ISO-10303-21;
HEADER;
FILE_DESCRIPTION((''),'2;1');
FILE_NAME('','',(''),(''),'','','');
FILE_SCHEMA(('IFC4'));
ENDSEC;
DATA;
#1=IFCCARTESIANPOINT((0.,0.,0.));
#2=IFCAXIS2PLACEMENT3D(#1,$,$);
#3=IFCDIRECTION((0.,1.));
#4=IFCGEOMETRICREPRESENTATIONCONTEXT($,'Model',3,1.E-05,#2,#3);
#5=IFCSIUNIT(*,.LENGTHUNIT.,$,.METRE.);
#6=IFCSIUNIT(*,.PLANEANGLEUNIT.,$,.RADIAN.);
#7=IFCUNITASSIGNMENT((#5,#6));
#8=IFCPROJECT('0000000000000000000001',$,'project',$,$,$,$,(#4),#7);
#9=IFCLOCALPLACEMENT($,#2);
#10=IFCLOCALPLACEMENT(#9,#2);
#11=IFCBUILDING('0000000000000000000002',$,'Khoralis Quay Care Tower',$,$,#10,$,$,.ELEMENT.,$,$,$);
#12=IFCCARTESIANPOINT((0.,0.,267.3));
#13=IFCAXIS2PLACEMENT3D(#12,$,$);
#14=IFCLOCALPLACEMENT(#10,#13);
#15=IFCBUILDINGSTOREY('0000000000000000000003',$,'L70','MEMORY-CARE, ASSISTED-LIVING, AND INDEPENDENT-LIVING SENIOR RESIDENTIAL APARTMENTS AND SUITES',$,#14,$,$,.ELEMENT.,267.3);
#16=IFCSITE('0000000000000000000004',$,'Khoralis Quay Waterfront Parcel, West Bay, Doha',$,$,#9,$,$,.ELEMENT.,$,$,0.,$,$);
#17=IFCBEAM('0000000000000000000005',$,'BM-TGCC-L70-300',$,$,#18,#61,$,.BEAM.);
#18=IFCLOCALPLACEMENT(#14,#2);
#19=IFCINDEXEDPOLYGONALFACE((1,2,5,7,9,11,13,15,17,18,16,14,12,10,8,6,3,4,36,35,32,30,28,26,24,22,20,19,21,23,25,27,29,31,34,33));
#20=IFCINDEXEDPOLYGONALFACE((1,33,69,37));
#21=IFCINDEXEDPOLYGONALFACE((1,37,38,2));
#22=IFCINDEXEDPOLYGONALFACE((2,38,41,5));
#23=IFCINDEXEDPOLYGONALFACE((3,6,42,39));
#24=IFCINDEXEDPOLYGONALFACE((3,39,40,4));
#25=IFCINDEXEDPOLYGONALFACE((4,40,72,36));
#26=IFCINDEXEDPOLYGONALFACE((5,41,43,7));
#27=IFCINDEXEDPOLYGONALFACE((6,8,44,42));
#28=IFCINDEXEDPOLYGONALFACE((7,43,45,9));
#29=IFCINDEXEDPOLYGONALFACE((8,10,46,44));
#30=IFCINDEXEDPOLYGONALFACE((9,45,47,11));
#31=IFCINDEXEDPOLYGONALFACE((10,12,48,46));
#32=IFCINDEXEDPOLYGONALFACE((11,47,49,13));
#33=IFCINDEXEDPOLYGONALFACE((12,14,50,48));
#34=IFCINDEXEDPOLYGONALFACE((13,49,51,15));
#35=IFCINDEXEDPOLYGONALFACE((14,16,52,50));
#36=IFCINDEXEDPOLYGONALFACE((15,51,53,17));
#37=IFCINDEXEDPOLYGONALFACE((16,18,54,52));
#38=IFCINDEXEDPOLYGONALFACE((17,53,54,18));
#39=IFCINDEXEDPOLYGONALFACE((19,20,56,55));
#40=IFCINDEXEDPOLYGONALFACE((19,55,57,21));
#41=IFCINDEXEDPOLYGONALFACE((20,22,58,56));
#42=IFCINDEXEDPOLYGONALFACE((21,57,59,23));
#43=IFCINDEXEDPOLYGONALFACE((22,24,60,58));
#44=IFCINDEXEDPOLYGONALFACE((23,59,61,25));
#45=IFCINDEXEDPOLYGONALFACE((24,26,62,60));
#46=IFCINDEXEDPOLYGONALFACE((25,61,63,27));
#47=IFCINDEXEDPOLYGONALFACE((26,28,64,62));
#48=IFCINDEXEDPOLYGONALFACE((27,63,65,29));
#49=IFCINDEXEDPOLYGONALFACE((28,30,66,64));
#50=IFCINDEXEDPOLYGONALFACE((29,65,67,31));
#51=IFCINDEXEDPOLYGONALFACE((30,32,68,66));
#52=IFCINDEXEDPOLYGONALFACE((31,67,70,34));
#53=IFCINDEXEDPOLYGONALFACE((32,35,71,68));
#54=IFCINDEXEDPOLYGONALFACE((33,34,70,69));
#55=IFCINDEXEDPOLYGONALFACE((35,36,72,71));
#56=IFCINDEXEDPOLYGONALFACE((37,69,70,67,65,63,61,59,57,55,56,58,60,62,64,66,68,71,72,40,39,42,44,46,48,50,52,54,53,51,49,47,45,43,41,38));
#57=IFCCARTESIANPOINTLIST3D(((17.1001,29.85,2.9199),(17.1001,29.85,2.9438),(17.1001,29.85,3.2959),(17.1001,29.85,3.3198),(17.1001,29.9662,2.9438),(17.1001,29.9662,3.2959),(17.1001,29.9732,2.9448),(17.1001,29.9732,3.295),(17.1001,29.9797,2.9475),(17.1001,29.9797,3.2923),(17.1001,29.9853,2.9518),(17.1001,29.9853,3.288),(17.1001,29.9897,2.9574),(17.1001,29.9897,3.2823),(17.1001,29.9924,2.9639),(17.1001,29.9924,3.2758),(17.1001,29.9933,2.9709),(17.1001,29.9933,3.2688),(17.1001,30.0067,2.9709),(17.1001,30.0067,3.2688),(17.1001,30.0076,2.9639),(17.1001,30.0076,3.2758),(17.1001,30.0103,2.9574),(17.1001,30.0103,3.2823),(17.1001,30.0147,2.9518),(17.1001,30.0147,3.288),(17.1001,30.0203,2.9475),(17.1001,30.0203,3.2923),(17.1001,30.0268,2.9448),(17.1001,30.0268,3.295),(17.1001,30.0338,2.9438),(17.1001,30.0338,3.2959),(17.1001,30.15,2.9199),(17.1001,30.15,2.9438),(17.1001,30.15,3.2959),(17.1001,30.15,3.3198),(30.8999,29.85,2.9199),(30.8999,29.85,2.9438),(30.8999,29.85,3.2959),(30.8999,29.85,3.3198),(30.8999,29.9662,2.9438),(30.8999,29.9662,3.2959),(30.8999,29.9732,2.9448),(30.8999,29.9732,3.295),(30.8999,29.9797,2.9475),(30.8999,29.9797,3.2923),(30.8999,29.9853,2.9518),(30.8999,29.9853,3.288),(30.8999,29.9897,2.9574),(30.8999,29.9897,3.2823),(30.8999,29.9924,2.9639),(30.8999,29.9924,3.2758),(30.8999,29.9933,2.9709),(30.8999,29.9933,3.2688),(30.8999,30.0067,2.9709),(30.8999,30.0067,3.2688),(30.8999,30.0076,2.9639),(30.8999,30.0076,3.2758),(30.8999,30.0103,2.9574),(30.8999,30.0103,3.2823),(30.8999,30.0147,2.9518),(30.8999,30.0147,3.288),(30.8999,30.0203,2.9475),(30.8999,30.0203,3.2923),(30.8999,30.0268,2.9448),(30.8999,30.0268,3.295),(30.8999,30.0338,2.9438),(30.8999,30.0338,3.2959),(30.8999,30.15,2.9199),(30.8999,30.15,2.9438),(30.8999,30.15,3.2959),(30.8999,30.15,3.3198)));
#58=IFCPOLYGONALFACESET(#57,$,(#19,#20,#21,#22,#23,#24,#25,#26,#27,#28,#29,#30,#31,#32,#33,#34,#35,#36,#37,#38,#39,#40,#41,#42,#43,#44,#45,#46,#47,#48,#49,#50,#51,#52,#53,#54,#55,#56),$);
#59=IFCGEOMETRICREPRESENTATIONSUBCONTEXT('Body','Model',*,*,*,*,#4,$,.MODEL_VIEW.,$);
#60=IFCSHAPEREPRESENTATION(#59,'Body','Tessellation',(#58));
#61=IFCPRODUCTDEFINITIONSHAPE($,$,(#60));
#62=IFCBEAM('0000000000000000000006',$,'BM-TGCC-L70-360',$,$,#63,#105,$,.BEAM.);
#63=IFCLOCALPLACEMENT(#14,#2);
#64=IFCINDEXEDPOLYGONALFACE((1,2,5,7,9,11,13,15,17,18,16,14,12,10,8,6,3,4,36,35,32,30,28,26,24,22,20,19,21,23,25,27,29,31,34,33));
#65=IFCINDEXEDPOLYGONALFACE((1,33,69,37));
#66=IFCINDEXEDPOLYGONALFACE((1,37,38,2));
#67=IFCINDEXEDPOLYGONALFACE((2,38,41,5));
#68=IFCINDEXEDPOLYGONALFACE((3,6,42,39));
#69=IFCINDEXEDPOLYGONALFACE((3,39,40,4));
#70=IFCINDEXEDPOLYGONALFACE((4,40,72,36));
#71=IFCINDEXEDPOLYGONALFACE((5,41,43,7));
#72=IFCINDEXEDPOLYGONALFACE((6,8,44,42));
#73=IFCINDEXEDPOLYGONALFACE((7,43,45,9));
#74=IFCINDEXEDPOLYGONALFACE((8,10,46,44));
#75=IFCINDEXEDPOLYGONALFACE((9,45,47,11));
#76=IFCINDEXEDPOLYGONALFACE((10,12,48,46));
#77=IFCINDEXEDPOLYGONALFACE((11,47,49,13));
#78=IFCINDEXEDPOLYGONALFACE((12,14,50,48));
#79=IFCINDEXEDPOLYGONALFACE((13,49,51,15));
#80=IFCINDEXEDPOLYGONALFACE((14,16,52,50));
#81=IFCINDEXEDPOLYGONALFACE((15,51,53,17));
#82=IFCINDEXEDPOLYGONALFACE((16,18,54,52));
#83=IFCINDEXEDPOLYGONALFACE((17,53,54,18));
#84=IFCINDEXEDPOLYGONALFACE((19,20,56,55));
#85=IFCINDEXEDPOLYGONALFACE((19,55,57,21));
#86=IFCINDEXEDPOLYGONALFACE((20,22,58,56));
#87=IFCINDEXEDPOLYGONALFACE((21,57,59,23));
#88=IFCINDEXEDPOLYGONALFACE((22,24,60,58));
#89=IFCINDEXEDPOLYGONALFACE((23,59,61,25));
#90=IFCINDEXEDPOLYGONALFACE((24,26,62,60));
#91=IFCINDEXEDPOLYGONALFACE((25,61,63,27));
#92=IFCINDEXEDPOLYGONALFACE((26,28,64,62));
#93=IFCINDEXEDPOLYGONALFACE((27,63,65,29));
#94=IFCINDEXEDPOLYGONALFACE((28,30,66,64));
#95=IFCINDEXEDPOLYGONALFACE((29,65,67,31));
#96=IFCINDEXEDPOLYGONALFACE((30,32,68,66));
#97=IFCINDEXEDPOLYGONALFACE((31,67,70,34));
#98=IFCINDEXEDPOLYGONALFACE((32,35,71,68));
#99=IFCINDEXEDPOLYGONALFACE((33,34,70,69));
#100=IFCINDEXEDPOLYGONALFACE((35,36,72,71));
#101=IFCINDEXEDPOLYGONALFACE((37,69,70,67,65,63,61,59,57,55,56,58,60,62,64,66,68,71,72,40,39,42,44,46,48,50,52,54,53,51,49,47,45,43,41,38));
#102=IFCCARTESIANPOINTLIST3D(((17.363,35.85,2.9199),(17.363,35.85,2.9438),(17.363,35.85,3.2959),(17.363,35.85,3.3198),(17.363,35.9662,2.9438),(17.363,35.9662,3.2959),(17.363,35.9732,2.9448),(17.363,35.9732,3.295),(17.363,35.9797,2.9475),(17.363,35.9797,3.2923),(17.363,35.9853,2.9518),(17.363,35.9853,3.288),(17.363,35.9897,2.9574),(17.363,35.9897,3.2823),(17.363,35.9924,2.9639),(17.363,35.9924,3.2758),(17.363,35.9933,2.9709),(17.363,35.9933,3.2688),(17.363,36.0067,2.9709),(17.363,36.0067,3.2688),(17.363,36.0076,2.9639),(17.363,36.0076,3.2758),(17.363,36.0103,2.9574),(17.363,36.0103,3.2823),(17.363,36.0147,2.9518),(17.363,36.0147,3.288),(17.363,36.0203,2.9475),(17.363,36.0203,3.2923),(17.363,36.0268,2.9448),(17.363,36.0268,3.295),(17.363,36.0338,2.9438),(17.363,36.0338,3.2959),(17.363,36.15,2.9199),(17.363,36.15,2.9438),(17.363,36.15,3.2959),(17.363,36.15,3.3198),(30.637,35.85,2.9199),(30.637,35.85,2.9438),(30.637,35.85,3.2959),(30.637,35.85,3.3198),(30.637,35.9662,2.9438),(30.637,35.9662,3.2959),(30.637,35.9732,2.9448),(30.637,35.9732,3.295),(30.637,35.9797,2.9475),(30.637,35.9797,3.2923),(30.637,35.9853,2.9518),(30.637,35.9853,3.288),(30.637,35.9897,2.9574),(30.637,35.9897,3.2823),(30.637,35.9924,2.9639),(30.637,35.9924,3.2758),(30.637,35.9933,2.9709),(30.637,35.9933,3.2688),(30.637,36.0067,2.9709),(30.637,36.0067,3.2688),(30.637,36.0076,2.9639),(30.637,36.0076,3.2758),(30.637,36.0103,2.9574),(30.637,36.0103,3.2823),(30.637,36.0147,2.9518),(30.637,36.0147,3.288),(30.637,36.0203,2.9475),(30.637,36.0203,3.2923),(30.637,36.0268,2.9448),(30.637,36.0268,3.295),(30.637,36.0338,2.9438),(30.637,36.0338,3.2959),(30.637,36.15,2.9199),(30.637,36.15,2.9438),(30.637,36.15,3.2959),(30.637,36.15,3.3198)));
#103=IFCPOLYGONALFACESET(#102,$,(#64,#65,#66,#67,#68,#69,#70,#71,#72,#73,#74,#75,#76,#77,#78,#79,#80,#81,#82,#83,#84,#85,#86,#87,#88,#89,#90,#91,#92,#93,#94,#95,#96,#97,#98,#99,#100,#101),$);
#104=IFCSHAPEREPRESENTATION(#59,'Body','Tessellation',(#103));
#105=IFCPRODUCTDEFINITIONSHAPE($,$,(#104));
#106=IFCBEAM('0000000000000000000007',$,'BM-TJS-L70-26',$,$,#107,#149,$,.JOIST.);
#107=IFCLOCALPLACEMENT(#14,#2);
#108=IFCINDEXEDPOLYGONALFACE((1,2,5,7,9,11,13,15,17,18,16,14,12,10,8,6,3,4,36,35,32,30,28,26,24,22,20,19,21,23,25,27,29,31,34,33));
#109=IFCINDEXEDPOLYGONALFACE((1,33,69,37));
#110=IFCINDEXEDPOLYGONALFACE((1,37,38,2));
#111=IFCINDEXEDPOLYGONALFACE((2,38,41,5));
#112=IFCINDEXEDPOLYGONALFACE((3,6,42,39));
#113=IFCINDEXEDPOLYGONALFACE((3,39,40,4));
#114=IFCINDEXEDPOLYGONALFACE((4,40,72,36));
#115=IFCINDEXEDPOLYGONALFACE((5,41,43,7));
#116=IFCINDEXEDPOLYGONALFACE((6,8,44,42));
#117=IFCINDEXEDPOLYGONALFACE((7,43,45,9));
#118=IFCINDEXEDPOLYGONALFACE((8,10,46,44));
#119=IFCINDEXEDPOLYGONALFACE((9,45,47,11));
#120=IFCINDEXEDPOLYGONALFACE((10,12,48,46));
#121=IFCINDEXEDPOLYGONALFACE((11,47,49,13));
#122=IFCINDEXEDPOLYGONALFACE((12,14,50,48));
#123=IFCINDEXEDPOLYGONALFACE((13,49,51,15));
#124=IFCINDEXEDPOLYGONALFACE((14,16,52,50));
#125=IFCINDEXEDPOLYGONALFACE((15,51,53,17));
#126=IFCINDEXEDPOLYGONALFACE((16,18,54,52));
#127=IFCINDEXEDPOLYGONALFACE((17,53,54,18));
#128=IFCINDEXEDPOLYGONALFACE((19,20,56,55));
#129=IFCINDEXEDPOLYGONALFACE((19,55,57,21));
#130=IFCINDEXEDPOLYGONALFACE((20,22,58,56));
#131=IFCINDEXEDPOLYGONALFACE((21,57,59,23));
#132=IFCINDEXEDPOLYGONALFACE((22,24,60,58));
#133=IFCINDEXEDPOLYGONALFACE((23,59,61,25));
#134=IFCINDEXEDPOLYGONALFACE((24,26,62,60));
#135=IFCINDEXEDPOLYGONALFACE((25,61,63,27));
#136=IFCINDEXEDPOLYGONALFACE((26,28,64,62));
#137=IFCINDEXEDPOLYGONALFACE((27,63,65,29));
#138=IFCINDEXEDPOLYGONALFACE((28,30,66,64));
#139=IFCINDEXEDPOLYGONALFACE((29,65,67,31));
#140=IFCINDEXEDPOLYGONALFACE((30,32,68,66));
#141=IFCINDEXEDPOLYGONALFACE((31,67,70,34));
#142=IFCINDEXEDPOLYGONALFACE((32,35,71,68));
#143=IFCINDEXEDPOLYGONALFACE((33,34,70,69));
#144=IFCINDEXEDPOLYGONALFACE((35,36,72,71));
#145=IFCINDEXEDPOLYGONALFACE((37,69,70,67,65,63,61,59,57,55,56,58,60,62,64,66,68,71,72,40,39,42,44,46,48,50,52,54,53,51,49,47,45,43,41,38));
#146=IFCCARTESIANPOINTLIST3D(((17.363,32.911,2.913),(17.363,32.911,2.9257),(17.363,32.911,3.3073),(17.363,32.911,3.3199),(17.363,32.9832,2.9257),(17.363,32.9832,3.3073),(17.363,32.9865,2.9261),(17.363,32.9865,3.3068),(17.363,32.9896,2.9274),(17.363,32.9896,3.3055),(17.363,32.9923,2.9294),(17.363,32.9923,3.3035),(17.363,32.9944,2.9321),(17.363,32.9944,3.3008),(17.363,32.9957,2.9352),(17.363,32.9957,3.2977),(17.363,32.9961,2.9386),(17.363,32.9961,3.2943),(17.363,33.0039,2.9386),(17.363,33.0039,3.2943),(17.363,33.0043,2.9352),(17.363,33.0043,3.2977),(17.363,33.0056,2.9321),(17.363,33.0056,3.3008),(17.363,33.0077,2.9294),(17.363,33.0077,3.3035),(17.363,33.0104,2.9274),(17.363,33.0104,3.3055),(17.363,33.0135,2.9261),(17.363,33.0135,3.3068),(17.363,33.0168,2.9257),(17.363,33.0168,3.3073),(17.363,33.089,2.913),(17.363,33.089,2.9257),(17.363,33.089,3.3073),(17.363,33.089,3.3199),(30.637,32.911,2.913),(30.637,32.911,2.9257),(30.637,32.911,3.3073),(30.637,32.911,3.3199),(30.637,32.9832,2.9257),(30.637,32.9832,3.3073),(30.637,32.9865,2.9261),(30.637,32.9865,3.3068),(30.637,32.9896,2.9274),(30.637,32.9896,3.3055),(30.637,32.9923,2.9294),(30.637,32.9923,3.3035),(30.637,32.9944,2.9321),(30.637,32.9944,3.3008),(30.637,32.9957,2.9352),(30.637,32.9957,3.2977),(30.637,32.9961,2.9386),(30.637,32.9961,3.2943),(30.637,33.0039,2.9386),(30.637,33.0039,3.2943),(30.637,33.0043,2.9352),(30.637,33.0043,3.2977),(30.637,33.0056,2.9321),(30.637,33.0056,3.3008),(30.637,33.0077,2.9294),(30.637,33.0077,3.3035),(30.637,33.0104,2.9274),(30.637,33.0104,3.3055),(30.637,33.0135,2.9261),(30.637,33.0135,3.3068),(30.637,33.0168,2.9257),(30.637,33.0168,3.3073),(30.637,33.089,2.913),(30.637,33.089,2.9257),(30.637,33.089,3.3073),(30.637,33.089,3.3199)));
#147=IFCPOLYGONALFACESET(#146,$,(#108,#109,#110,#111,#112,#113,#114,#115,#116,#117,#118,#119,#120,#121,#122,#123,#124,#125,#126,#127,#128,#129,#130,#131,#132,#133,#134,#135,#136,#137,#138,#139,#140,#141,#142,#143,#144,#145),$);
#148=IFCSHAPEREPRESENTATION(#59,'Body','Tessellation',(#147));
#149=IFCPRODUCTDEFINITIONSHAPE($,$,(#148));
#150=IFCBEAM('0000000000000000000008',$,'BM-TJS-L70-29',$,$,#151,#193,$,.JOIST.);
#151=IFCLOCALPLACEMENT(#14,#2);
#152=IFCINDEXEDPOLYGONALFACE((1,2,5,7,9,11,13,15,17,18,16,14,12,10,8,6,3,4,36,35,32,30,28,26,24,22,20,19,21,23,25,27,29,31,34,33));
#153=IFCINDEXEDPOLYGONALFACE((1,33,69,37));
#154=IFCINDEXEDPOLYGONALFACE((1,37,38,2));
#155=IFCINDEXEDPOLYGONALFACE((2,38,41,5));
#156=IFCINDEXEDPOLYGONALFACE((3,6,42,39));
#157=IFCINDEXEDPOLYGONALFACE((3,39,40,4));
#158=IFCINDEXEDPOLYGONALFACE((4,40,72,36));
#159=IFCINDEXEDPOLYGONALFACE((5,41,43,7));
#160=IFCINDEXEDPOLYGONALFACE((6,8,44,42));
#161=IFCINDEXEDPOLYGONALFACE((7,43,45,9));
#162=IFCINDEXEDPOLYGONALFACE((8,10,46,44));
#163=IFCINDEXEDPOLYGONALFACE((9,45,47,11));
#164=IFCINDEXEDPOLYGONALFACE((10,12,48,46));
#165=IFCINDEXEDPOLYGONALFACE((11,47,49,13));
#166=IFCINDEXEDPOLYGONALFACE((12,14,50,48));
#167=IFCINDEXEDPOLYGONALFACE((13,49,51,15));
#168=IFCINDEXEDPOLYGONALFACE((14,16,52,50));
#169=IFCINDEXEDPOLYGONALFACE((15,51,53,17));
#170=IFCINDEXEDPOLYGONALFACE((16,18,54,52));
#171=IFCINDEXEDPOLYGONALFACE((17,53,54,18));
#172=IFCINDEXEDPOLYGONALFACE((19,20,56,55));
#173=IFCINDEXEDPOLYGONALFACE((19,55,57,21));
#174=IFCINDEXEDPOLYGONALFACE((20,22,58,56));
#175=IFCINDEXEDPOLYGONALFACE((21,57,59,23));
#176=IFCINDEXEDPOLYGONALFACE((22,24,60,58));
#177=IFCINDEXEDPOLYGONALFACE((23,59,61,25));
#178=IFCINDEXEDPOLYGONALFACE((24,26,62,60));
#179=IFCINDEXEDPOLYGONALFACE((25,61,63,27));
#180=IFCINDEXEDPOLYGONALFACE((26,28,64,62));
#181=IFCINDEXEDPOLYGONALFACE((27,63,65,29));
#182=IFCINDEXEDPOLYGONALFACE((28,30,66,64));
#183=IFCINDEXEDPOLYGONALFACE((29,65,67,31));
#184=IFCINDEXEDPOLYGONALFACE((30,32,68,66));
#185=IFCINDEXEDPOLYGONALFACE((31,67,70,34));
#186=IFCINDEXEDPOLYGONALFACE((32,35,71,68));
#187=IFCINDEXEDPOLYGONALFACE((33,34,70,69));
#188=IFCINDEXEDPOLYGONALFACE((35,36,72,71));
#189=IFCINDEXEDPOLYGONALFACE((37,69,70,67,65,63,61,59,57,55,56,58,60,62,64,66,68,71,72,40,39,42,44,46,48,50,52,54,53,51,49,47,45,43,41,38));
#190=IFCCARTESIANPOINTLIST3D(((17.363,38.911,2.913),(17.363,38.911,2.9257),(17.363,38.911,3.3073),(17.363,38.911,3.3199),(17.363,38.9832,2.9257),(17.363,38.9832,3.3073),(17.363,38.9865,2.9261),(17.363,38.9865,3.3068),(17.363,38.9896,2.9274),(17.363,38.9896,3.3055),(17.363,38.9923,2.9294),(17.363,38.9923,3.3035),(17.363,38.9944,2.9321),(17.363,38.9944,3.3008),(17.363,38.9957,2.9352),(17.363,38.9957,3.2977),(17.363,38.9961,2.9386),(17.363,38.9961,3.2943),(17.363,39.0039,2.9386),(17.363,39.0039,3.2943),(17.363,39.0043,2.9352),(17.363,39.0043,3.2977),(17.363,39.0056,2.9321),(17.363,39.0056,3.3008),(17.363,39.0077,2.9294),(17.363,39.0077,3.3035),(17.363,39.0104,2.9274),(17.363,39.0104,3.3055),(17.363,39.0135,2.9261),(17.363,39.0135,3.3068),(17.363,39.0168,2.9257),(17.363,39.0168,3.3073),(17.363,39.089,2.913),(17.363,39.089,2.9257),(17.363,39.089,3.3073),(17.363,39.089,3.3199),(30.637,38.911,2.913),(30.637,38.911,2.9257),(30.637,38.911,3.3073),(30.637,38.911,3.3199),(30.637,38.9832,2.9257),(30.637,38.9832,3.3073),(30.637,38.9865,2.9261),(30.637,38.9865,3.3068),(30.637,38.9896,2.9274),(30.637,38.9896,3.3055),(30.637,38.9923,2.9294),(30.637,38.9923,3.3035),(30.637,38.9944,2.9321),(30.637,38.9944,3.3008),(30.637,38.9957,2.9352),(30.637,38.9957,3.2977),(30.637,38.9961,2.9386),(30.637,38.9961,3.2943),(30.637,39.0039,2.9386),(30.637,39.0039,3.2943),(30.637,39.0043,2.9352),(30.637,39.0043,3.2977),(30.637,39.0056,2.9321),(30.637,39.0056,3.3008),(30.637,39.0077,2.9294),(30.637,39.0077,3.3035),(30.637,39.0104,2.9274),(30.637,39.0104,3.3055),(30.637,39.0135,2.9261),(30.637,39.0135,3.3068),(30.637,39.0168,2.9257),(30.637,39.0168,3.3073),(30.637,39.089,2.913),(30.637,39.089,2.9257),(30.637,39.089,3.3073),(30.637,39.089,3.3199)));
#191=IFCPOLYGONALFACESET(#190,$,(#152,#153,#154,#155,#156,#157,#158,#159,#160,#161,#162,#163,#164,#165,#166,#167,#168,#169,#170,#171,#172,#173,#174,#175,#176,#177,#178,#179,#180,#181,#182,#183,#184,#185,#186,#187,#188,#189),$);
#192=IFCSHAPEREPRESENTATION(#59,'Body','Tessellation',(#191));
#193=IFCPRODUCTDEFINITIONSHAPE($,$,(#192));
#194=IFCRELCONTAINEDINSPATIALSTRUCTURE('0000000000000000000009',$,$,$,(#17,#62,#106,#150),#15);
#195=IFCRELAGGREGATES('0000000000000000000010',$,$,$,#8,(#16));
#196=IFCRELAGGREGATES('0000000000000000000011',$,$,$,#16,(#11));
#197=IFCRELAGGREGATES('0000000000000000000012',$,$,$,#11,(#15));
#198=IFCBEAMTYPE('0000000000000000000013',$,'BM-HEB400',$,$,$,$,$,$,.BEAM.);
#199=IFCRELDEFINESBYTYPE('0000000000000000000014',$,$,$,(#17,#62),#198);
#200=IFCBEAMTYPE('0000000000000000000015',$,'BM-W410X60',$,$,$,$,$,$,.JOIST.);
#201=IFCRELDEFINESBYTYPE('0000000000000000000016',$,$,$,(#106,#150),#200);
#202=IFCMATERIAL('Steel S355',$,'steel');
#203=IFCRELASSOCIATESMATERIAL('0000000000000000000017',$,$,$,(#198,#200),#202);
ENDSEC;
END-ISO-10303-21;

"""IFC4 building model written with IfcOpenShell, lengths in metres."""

from ifc_helpers import new_model, si_unit, direction, frame, origin, origin_2d, place, context, subcontext, project, spatial, i_section, extrude, source, transform, mapped, material, material_profile, profile_set, type_object, element, save


model = new_model("IFC4")

# Units and contexts
model_context = context("Model", 3, precision=1e-05, world=origin(), true_north=direction((0.0, 1.0)))
body_context = subcontext(model_context, "Body", "Model", "MODEL_VIEW")
ifc_project = project(units=[si_unit("LENGTHUNIT", "METRE"), si_unit("PLANEANGLEUNIT", "RADIAN")], contexts=[model_context])

# Site, building, storey
site_placement = place(None, origin())
site = spatial("IfcSite", under=ifc_project, at=site_placement, Name="Khoralis Quay Waterfront Parcel, West Bay, Doha", CompositionType="ELEMENT", RefElevation=0.0)
building_placement = place(site_placement, origin())
building = spatial("IfcBuilding", under=site, at=building_placement, Name="Khoralis Quay Care Tower", CompositionType="ELEMENT")
storey_placement = place(building_placement, frame((0.0, 0.0, 267.3)))
storey = spatial("IfcBuildingStorey", under=building, at=storey_placement, Name="L70", Description="MEMORY-CARE, ASSISTED-LIVING, AND INDEPENDENT-LIVING SENIOR RESIDENTIAL APARTMENTS AND SUITES", CompositionType="ELEMENT", Elevation=267.3)

# Beams
ifc_material_1 = material(Name="Steel S355", Category="steel")
ifc_material_profile_1 = material_profile(ifc_material_1, i_section(OverallWidth=0.3, OverallDepth=0.3999, WebThickness=0.0134, FlangeThickness=0.0239, FilletRadius=0.0271, at=origin_2d()), Name="Steel S355")
ifc_profile_set_1 = profile_set([ifc_material_profile_1], Name="Steel S355")
beam_type_1 = type_object("IfcBeamType", Name="BM-HEB400", PredefinedType="BEAM", material=ifc_profile_set_1)
shared_shape_1 = source(origin(), body_context, "Body", "SweptSolid", [
    extrude(i_section(OverallWidth=0.3, OverallDepth=0.3999, WebThickness=0.0134, FlangeThickness=0.0239, FilletRadius=0.0271, at=origin_2d()), origin(), (0.0, 0.0, 1.0), 13.7998),
])
beam_1_placement = place(storey_placement, frame((17.1001, 30.0, 3.1199), z_axis=(1.0, 0.0, 0.0), x_axis=(0.0, 1.0, 0.0)))
element("IfcBeam", 1, at=beam_1_placement, inside=storey, type_object=beam_type_1, Name="BM-TGCC-L70-300", PredefinedType="BEAM", context=body_context, shape_type="MappedRepresentation", body=[
    mapped(shared_shape_1, transform((0.0, 0.0, 0.0), scale=1.0)),
])
shared_shape_2 = source(origin(), body_context, "Body", "SweptSolid", [
    extrude(i_section(OverallWidth=0.3, OverallDepth=0.3999, WebThickness=0.0134, FlangeThickness=0.0239, FilletRadius=0.0271, at=origin_2d()), origin(), (0.0, 0.0, 1.0), 13.2739),
])
beam_2_placement = place(storey_placement, frame((17.363, 36.0, 3.1199), z_axis=(1.0, 0.0, 0.0), x_axis=(0.0, 1.0, 0.0)))
element("IfcBeam", 2, at=beam_2_placement, inside=storey, type_object=beam_type_1, Name="BM-TGCC-L70-360", PredefinedType="BEAM", context=body_context, shape_type="MappedRepresentation", body=[
    mapped(shared_shape_2, transform((0.0, 0.0, 0.0), scale=1.0)),
])
ifc_material_profile_2 = material_profile(ifc_material_1, i_section(OverallWidth=0.178, OverallDepth=0.407, WebThickness=0.0078, FlangeThickness=0.0127, FilletRadius=0.0129, at=origin_2d()), Name="Steel S355")
ifc_profile_set_2 = profile_set([ifc_material_profile_2], Name="Steel S355")
beam_type_2 = type_object("IfcBeamType", Name="BM-W410X60", PredefinedType="JOIST", material=ifc_profile_set_2)
shared_shape_3 = source(origin(), body_context, "Body", "SweptSolid", [
    extrude(i_section(OverallWidth=0.178, OverallDepth=0.407, WebThickness=0.0078, FlangeThickness=0.0127, FilletRadius=0.0129, at=origin_2d()), origin(), (0.0, 0.0, 1.0), 13.2739),
])
for number, where, z_axis, x_axis, name in (
    (3, (17.363, 33.0, 3.1165), (1.0, 0.0, 0.0), (0.0, 1.0, 0.0), "BM-TJS-L70-26"),
    (4, (17.363, 39.0, 3.1165), (1.0, 0.0, 0.0), (0.0, 1.0, 0.0), "BM-TJS-L70-29"),
):
    element("IfcBeam", number, at=place(storey_placement, frame(where, z_axis=z_axis, x_axis=x_axis)), inside=storey, type_object=beam_type_2, Name=name, PredefinedType="JOIST", context=body_context, shape_type="MappedRepresentation", body=[
        mapped(shared_shape_3, transform((0.0, 0.0, 0.0), scale=1.0)),
    ])

save(model, "model.ifc")
